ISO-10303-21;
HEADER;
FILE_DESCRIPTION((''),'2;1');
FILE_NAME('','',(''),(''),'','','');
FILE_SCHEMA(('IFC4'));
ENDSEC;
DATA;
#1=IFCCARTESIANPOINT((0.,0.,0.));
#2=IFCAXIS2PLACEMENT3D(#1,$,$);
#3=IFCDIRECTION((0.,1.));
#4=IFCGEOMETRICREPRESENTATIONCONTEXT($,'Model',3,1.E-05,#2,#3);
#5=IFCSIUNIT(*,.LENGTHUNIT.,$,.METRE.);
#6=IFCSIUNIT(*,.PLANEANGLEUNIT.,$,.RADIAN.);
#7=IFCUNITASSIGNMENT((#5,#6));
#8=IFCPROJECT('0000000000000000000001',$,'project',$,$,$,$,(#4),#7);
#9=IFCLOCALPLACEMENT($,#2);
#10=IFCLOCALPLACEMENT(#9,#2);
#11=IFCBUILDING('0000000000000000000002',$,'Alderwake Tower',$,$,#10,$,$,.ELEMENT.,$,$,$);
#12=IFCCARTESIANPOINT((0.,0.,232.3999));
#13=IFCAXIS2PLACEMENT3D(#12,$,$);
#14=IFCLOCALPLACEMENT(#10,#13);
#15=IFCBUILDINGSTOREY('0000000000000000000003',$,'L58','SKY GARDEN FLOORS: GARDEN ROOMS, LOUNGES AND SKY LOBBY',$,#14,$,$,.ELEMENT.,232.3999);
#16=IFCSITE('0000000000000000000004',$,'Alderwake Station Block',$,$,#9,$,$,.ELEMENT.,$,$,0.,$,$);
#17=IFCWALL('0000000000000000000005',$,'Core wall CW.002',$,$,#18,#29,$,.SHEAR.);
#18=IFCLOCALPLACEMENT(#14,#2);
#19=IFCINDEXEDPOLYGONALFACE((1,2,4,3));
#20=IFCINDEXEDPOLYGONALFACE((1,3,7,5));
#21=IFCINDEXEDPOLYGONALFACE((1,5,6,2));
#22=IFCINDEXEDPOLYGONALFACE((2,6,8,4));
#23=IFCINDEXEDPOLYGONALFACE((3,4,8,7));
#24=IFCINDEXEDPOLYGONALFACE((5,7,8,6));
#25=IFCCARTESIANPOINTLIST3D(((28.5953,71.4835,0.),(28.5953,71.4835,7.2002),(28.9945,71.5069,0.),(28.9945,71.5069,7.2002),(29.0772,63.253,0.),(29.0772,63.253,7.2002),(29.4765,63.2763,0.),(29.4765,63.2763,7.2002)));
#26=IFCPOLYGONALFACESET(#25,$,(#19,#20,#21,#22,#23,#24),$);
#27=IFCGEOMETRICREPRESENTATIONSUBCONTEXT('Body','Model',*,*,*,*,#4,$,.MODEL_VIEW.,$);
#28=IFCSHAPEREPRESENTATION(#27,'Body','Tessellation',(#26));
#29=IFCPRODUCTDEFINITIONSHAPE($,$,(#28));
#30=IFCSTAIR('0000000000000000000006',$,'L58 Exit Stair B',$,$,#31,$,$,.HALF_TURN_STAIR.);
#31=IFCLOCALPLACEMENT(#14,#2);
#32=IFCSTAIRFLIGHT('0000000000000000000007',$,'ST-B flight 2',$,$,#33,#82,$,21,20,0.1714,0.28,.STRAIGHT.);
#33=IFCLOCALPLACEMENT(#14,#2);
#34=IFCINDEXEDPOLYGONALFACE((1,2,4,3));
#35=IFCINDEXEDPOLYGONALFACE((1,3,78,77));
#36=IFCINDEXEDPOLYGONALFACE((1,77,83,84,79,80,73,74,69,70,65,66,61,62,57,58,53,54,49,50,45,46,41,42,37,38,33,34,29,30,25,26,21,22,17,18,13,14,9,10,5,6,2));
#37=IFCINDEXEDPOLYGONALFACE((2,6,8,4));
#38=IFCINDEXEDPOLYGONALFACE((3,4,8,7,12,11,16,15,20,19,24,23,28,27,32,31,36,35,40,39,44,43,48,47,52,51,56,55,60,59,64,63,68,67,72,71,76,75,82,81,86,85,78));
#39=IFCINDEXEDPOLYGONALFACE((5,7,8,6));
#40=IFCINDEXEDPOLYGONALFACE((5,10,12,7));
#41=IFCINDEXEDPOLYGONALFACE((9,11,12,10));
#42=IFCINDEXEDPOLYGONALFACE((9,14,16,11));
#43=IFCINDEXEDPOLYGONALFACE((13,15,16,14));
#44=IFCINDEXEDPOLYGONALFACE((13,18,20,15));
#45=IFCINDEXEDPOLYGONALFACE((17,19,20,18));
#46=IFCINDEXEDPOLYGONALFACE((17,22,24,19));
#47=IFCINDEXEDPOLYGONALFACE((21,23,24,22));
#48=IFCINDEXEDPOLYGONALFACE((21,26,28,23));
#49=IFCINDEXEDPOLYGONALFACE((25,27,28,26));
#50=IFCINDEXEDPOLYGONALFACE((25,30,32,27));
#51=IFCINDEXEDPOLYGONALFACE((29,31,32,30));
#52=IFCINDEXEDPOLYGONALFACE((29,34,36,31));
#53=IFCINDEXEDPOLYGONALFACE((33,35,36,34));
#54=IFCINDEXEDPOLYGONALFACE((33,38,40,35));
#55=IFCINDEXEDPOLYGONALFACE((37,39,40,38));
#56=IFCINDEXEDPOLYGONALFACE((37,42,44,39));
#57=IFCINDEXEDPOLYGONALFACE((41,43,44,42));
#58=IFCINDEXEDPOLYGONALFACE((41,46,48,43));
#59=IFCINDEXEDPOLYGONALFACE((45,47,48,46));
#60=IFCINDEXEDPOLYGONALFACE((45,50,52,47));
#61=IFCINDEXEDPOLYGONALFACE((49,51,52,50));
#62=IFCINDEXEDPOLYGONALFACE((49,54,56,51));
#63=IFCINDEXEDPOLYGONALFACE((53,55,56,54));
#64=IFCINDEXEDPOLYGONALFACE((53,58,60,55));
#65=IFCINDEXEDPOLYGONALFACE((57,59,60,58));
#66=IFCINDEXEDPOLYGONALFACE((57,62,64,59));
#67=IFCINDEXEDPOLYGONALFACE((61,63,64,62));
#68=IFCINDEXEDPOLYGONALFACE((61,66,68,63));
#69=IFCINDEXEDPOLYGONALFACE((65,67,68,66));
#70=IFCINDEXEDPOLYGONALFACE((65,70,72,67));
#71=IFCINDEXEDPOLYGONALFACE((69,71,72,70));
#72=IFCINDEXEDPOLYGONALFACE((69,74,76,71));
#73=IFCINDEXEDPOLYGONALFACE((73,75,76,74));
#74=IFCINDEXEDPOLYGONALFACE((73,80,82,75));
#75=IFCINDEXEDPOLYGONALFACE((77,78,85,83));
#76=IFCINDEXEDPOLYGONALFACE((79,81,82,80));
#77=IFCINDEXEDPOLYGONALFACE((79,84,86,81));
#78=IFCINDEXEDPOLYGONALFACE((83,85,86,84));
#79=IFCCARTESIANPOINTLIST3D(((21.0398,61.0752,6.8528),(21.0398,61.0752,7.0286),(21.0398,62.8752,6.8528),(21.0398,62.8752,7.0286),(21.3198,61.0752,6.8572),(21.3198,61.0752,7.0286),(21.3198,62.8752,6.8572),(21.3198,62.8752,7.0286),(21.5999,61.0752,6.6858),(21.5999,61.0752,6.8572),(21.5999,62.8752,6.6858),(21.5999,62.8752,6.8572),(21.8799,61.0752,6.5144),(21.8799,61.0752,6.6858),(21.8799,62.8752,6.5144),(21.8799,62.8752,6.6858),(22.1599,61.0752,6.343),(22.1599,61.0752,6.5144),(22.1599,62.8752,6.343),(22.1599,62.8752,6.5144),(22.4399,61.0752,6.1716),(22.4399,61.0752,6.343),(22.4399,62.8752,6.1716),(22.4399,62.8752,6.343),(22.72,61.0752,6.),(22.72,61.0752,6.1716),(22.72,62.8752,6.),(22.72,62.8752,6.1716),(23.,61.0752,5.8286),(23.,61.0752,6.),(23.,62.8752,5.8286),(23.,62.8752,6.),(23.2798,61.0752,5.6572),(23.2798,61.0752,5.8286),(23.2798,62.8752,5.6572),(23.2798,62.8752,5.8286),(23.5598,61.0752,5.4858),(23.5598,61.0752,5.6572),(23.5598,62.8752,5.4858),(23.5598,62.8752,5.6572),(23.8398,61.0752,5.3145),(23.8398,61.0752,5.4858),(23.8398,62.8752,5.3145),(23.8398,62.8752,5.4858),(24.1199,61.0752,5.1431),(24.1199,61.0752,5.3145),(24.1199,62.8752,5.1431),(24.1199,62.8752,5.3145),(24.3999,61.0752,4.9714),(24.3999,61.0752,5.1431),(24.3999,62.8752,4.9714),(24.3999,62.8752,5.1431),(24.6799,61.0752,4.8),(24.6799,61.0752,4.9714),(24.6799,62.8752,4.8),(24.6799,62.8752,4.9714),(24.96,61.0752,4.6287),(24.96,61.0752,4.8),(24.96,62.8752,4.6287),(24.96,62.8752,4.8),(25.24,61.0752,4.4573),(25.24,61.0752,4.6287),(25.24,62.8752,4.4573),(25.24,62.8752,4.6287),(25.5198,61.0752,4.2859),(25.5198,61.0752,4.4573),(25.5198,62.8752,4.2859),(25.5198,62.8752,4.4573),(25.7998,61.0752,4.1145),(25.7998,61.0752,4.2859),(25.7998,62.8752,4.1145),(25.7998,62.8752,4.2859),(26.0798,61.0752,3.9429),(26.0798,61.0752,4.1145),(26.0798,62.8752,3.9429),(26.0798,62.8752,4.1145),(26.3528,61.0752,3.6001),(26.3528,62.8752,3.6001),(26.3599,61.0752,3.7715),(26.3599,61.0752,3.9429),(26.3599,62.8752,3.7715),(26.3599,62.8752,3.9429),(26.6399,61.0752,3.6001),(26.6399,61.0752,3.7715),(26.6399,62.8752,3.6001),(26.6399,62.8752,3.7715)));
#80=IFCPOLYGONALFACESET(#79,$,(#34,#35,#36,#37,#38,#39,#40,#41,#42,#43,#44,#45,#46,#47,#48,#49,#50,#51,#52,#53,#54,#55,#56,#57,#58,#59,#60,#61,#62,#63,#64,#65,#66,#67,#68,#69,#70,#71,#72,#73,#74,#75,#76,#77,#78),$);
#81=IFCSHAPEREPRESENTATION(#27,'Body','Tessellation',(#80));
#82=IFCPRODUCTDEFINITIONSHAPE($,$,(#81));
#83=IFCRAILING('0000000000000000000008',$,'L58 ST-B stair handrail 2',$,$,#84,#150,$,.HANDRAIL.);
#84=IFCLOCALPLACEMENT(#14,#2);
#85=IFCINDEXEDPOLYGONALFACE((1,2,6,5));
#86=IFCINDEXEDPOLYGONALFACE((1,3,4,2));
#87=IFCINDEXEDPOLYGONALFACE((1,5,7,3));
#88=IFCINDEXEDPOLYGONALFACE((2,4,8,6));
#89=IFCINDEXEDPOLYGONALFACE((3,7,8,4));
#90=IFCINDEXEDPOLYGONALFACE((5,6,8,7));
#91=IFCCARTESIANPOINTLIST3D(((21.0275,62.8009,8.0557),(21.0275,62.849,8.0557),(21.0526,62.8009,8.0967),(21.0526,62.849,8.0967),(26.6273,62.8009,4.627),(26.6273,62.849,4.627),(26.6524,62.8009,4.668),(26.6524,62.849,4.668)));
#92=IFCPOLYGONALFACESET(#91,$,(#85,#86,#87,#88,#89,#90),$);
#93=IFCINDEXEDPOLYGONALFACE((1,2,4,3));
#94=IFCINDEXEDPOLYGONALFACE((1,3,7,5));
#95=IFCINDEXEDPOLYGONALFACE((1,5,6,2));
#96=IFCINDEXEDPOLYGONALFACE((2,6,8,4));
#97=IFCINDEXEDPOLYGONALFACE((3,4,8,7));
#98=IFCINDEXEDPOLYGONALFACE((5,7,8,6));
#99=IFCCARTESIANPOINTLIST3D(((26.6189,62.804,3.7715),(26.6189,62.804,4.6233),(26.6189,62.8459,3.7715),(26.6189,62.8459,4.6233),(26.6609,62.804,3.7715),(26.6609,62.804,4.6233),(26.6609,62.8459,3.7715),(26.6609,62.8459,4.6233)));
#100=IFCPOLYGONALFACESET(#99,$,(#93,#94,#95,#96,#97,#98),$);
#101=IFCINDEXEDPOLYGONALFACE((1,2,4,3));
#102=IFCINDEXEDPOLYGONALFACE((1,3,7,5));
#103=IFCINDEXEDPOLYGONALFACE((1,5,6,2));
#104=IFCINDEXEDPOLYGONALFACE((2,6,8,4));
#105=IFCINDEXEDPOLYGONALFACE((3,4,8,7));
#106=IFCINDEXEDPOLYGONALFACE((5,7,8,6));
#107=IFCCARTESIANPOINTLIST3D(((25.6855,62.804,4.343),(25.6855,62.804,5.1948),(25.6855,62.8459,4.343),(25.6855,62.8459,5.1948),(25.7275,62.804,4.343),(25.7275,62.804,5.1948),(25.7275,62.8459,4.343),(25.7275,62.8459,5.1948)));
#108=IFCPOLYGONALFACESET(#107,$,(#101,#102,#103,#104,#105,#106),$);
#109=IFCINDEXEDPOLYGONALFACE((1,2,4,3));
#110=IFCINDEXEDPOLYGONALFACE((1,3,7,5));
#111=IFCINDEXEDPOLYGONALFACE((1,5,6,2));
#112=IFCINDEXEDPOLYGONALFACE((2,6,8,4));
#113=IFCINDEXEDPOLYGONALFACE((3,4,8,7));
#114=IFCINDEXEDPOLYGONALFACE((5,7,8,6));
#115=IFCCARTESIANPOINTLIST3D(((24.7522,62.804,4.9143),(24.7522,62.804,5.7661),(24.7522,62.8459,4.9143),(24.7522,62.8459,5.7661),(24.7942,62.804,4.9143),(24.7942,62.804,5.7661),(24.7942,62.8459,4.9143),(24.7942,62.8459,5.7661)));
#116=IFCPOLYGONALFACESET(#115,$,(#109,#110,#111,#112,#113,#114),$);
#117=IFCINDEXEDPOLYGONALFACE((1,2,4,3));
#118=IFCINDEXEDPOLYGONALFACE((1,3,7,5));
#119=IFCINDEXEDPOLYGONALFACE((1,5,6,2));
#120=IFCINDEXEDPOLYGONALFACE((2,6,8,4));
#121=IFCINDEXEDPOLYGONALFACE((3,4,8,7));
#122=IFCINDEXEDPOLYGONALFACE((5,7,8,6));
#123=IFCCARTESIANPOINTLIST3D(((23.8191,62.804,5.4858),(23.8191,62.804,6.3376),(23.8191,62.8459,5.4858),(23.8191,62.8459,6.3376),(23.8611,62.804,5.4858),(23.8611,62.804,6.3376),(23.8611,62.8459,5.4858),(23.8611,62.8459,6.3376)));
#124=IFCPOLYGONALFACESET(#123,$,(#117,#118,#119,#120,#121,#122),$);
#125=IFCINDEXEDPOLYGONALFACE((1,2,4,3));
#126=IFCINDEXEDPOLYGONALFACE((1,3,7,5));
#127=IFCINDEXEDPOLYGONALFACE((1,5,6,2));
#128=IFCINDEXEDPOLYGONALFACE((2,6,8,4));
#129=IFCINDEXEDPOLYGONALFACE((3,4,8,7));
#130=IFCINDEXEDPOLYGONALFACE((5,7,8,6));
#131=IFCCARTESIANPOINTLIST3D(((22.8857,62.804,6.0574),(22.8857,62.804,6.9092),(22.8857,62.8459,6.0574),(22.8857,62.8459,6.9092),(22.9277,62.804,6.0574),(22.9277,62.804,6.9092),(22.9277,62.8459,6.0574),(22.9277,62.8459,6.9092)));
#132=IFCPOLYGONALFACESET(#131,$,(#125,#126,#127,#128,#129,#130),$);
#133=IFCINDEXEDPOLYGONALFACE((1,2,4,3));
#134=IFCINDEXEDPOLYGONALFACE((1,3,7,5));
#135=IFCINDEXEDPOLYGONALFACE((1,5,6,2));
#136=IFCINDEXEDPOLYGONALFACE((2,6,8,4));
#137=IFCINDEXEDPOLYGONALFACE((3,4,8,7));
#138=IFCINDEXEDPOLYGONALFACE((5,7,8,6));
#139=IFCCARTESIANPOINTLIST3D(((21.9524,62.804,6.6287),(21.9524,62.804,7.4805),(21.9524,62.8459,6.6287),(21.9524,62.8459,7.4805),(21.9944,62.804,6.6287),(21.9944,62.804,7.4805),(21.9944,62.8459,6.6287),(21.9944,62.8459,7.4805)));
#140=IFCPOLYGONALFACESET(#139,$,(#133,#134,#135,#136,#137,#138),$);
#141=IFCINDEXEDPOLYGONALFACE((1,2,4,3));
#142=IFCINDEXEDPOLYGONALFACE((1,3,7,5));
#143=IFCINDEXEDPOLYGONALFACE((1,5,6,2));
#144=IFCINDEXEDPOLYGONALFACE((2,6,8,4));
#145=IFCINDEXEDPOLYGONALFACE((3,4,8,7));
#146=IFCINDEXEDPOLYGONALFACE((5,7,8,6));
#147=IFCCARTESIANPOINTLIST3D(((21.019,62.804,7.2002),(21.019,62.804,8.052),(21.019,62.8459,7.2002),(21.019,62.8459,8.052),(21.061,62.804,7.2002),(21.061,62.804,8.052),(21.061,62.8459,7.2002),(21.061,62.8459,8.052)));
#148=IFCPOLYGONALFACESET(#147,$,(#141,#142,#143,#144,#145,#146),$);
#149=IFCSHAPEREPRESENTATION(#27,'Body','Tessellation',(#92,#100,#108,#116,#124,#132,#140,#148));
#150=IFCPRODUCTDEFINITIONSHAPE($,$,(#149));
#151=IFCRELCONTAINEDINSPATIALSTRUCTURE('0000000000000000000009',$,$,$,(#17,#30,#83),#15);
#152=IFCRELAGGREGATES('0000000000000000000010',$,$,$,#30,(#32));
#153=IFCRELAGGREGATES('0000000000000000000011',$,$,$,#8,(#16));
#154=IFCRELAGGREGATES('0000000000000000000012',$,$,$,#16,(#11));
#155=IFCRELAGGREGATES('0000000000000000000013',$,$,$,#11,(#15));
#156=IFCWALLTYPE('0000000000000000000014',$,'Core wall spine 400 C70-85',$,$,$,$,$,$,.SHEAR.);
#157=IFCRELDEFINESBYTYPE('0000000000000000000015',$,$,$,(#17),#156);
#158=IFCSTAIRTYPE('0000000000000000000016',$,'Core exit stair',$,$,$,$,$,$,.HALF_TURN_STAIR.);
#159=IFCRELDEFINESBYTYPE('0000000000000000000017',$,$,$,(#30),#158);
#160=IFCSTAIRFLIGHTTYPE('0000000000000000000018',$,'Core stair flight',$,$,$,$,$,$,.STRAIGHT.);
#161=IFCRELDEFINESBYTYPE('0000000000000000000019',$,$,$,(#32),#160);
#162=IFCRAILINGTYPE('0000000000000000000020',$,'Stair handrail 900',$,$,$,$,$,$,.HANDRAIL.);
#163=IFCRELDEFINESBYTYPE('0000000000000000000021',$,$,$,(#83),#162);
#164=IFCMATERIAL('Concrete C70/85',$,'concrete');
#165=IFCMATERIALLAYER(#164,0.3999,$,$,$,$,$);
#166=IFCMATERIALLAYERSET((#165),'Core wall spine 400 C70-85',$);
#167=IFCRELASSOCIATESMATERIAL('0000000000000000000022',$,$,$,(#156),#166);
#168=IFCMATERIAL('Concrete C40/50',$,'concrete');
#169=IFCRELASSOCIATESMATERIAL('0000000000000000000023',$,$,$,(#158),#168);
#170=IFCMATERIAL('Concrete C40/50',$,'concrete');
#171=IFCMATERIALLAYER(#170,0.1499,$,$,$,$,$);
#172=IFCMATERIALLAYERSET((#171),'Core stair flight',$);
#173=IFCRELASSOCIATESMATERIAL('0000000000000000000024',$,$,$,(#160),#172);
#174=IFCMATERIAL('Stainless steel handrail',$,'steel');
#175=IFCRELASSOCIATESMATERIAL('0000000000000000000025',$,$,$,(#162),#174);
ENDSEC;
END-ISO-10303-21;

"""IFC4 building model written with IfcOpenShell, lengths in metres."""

from ifc_helpers import new_model, si_unit, direction, frame, frame_2d, origin, origin_2d, place, context, subcontext, project, spatial, polyline, rectangle, outline, extrude, material, layer, layer_set, type_object, element, aggregate, save


model = new_model("IFC4")

# Units and contexts
model_context = context("Model", 3, precision=1e-05, world=origin(), true_north=direction((0.0, 1.0)))
body_context = subcontext(model_context, "Body", "Model", "MODEL_VIEW")
ifc_project = project(units=[si_unit("LENGTHUNIT", "METRE"), si_unit("PLANEANGLEUNIT", "RADIAN")], contexts=[model_context])

# Site, building, storey
site_placement = place(None, origin())
site = spatial("IfcSite", under=ifc_project, at=site_placement, Name="Alderwake Station Block", CompositionType="ELEMENT", RefElevation=0.0)
building_placement = place(site_placement, origin())
building = spatial("IfcBuilding", under=site, at=building_placement, Name="Alderwake Tower", CompositionType="ELEMENT")
storey_placement = place(building_placement, frame((0.0, 0.0, 232.3999)))
storey = spatial("IfcBuildingStorey", under=building, at=storey_placement, Name="L58", Description="SKY GARDEN FLOORS: GARDEN ROOMS, LOUNGES AND SKY LOBBY", CompositionType="ELEMENT", Elevation=232.3999)

# Shared definitions
ifc_material_1 = material(Name="Concrete C70/85", Category="concrete")
ifc_layer_1 = layer(ifc_material_1, 0.3999)
ifc_layer_set_1 = layer_set([ifc_layer_1], Name="Core wall spine 400 C70-85")
wall_type_1 = type_object("IfcWallType", Name="Core wall spine 400 C70-85", PredefinedType="SHEAR", material=ifc_layer_set_1)

# Wall
wall_1_placement = place(storey_placement, frame((29.2769, 63.2646, 0.0), z_axis=(0.0, 0.0, 1.0), x_axis=(-0.058455, 0.99829, 0.0)))
element("IfcWall", 1, at=wall_1_placement, inside=storey, type_object=wall_type_1, Name="Core wall CW.002", PredefinedType="SHEAR", context=body_context, shape_type="SweptSolid", body=[
    extrude(rectangle(XDim=8.2446, YDim=0.3999, at=frame_2d((4.1223, 0.0))), origin(), (0.0, 0.0, 1.0), 7.2002),
])

# Stair, stair flight
ifc_material_2 = material(Name="Concrete C40/50", Category="concrete")
stair_type = type_object("IfcStairType", Name="Core exit stair", PredefinedType="HALF_TURN_STAIR", material=ifc_material_2)
stair_placement = place(storey_placement, origin())
stair = element("IfcStair", 2, at=stair_placement, inside=storey, type_object=stair_type, Name="L58 Exit Stair B", PredefinedType="HALF_TURN_STAIR")
ifc_material_3 = material(Name="Concrete C40/50", Category="concrete")
ifc_layer_2 = layer(ifc_material_3, 0.1499)
ifc_layer_set_2 = layer_set([ifc_layer_2], Name="Core stair flight")
stair_flight_type = type_object("IfcStairFlightType", Name="Core stair flight", PredefinedType="STRAIGHT", material=ifc_layer_set_2)
stair_flight_placement = place(storey_placement, frame((26.6399, 61.9751, 3.6001), z_axis=(0.0, 0.0, 1.0), x_axis=(-1.0, 0.0, 0.0)))
stair_flight = element("IfcStairFlight", 3, at=stair_flight_placement, type_object=stair_flight_type, Name="ST-B flight 2", NumberOfRisers=21, NumberOfTreads=20, PredefinedType="STRAIGHT", RiserHeight=0.1714, TreadLength=0.28, context=body_context, shape_type="SweptSolid", body=[
    extrude(outline(polyline([(0.0, 0.0), (0.0, 0.1714), (0.28, 0.1714), (0.28, 0.3428), (0.5601, 0.3428), (0.5601, 0.5144), (0.8401, 0.5144), (0.8401, 0.6858), (1.1201, 0.6858), (1.1201, 0.8572), (1.3999, 0.8572), (1.3999, 1.0286), (1.6799, 1.0286), (1.6799, 1.2), (1.96, 1.2), (1.96, 1.3713), (2.24, 1.3713), (2.24, 1.543), (2.52, 1.543), (2.52, 1.7144), (2.8, 1.7144), (2.8, 1.8857), (3.0801, 1.8857), (3.0801, 2.0571), (3.3601, 2.0571), (3.3601, 2.2285), (3.6399, 2.2285), (3.6399, 2.3999), (3.9199, 2.3999), (3.9199, 2.5715), (4.2, 2.5715), (4.2, 2.7429), (4.48, 2.7429), (4.48, 2.9143), (4.76, 2.9143), (4.76, 3.0857), (5.04, 3.0857), (5.04, 3.2571), (5.3201, 3.2571), (5.3201, 3.4285), (5.6001, 3.4285), (5.6001, 3.6001), (5.6001, 3.2527), (0.2871, 0.0), (0.0, 0.0)])), frame((0.0, 0.8999, 0.0), z_axis=(0.0, -1.0, 0.0), x_axis=(1.0, 0.0, 0.0)), (0.0, 0.0, 1.0), 1.8),
])
aggregate(stair, [stair_flight])

# Railing
ifc_material_4 = material(Name="Stainless steel handrail", Category="steel")
railing_type = type_object("IfcRailingType", Name="Stair handrail 900", PredefinedType="HANDRAIL", material=ifc_material_4)
railing_placement = place(storey_placement, frame((26.6399, 62.825, 3.7715)))
element("IfcRailing", 4, at=railing_placement, inside=storey, type_object=railing_type, Name="L58 ST-B stair handrail 2", PredefinedType="HANDRAIL", context=body_context, shape_type="SweptSolid", body=[
    extrude(rectangle(XDim=0.0481, YDim=0.0481, at=origin_2d()), frame((0.0, 0.0, 0.876), z_axis=(-0.852836, 0.0, 0.522179), x_axis=(0.0, -1.0, 0.0)), (0.0, 0.0, 1.0), 6.5662),
    extrude(rectangle(XDim=0.042, YDim=0.042, at=origin_2d()), frame((0.0, 0.0, 0.0), z_axis=(0.0, 0.0, 1.0), x_axis=(-1.0, 0.0, 0.0)), (0.0, 0.0, 1.0), 0.8518),
    extrude(rectangle(XDim=0.042, YDim=0.042, at=origin_2d()), frame((-0.9333, 0.0, 0.5715), z_axis=(0.0, 0.0, 1.0), x_axis=(-1.0, 0.0, 0.0)), (0.0, 0.0, 1.0), 0.8518),
    extrude(rectangle(XDim=0.042, YDim=0.042, at=origin_2d()), frame((-1.8667, 0.0, 1.1428), z_axis=(0.0, 0.0, 1.0), x_axis=(-1.0, 0.0, 0.0)), (0.0, 0.0, 1.0), 0.8518),
    extrude(rectangle(XDim=0.042, YDim=0.042, at=origin_2d()), frame((-2.7998, 0.0, 1.7144), z_axis=(0.0, 0.0, 1.0), x_axis=(-1.0, 0.0, 0.0)), (0.0, 0.0, 1.0), 0.8518),
    extrude(rectangle(XDim=0.042, YDim=0.042, at=origin_2d()), frame((-3.7332, 0.0, 2.2859), z_axis=(0.0, 0.0, 1.0), x_axis=(-1.0, 0.0, 0.0)), (0.0, 0.0, 1.0), 0.8518),
    extrude(rectangle(XDim=0.042, YDim=0.042, at=origin_2d()), frame((-4.6665, 0.0, 2.8572), z_axis=(0.0, 0.0, 1.0), x_axis=(-1.0, 0.0, 0.0)), (0.0, 0.0, 1.0), 0.8518),
    extrude(rectangle(XDim=0.042, YDim=0.042, at=origin_2d()), frame((-5.5999, 0.0, 3.4287), z_axis=(0.0, 0.0, 1.0), x_axis=(-1.0, 0.0, 0.0)), (0.0, 0.0, 1.0), 0.8518),
])

save(model, "model.ifc")
